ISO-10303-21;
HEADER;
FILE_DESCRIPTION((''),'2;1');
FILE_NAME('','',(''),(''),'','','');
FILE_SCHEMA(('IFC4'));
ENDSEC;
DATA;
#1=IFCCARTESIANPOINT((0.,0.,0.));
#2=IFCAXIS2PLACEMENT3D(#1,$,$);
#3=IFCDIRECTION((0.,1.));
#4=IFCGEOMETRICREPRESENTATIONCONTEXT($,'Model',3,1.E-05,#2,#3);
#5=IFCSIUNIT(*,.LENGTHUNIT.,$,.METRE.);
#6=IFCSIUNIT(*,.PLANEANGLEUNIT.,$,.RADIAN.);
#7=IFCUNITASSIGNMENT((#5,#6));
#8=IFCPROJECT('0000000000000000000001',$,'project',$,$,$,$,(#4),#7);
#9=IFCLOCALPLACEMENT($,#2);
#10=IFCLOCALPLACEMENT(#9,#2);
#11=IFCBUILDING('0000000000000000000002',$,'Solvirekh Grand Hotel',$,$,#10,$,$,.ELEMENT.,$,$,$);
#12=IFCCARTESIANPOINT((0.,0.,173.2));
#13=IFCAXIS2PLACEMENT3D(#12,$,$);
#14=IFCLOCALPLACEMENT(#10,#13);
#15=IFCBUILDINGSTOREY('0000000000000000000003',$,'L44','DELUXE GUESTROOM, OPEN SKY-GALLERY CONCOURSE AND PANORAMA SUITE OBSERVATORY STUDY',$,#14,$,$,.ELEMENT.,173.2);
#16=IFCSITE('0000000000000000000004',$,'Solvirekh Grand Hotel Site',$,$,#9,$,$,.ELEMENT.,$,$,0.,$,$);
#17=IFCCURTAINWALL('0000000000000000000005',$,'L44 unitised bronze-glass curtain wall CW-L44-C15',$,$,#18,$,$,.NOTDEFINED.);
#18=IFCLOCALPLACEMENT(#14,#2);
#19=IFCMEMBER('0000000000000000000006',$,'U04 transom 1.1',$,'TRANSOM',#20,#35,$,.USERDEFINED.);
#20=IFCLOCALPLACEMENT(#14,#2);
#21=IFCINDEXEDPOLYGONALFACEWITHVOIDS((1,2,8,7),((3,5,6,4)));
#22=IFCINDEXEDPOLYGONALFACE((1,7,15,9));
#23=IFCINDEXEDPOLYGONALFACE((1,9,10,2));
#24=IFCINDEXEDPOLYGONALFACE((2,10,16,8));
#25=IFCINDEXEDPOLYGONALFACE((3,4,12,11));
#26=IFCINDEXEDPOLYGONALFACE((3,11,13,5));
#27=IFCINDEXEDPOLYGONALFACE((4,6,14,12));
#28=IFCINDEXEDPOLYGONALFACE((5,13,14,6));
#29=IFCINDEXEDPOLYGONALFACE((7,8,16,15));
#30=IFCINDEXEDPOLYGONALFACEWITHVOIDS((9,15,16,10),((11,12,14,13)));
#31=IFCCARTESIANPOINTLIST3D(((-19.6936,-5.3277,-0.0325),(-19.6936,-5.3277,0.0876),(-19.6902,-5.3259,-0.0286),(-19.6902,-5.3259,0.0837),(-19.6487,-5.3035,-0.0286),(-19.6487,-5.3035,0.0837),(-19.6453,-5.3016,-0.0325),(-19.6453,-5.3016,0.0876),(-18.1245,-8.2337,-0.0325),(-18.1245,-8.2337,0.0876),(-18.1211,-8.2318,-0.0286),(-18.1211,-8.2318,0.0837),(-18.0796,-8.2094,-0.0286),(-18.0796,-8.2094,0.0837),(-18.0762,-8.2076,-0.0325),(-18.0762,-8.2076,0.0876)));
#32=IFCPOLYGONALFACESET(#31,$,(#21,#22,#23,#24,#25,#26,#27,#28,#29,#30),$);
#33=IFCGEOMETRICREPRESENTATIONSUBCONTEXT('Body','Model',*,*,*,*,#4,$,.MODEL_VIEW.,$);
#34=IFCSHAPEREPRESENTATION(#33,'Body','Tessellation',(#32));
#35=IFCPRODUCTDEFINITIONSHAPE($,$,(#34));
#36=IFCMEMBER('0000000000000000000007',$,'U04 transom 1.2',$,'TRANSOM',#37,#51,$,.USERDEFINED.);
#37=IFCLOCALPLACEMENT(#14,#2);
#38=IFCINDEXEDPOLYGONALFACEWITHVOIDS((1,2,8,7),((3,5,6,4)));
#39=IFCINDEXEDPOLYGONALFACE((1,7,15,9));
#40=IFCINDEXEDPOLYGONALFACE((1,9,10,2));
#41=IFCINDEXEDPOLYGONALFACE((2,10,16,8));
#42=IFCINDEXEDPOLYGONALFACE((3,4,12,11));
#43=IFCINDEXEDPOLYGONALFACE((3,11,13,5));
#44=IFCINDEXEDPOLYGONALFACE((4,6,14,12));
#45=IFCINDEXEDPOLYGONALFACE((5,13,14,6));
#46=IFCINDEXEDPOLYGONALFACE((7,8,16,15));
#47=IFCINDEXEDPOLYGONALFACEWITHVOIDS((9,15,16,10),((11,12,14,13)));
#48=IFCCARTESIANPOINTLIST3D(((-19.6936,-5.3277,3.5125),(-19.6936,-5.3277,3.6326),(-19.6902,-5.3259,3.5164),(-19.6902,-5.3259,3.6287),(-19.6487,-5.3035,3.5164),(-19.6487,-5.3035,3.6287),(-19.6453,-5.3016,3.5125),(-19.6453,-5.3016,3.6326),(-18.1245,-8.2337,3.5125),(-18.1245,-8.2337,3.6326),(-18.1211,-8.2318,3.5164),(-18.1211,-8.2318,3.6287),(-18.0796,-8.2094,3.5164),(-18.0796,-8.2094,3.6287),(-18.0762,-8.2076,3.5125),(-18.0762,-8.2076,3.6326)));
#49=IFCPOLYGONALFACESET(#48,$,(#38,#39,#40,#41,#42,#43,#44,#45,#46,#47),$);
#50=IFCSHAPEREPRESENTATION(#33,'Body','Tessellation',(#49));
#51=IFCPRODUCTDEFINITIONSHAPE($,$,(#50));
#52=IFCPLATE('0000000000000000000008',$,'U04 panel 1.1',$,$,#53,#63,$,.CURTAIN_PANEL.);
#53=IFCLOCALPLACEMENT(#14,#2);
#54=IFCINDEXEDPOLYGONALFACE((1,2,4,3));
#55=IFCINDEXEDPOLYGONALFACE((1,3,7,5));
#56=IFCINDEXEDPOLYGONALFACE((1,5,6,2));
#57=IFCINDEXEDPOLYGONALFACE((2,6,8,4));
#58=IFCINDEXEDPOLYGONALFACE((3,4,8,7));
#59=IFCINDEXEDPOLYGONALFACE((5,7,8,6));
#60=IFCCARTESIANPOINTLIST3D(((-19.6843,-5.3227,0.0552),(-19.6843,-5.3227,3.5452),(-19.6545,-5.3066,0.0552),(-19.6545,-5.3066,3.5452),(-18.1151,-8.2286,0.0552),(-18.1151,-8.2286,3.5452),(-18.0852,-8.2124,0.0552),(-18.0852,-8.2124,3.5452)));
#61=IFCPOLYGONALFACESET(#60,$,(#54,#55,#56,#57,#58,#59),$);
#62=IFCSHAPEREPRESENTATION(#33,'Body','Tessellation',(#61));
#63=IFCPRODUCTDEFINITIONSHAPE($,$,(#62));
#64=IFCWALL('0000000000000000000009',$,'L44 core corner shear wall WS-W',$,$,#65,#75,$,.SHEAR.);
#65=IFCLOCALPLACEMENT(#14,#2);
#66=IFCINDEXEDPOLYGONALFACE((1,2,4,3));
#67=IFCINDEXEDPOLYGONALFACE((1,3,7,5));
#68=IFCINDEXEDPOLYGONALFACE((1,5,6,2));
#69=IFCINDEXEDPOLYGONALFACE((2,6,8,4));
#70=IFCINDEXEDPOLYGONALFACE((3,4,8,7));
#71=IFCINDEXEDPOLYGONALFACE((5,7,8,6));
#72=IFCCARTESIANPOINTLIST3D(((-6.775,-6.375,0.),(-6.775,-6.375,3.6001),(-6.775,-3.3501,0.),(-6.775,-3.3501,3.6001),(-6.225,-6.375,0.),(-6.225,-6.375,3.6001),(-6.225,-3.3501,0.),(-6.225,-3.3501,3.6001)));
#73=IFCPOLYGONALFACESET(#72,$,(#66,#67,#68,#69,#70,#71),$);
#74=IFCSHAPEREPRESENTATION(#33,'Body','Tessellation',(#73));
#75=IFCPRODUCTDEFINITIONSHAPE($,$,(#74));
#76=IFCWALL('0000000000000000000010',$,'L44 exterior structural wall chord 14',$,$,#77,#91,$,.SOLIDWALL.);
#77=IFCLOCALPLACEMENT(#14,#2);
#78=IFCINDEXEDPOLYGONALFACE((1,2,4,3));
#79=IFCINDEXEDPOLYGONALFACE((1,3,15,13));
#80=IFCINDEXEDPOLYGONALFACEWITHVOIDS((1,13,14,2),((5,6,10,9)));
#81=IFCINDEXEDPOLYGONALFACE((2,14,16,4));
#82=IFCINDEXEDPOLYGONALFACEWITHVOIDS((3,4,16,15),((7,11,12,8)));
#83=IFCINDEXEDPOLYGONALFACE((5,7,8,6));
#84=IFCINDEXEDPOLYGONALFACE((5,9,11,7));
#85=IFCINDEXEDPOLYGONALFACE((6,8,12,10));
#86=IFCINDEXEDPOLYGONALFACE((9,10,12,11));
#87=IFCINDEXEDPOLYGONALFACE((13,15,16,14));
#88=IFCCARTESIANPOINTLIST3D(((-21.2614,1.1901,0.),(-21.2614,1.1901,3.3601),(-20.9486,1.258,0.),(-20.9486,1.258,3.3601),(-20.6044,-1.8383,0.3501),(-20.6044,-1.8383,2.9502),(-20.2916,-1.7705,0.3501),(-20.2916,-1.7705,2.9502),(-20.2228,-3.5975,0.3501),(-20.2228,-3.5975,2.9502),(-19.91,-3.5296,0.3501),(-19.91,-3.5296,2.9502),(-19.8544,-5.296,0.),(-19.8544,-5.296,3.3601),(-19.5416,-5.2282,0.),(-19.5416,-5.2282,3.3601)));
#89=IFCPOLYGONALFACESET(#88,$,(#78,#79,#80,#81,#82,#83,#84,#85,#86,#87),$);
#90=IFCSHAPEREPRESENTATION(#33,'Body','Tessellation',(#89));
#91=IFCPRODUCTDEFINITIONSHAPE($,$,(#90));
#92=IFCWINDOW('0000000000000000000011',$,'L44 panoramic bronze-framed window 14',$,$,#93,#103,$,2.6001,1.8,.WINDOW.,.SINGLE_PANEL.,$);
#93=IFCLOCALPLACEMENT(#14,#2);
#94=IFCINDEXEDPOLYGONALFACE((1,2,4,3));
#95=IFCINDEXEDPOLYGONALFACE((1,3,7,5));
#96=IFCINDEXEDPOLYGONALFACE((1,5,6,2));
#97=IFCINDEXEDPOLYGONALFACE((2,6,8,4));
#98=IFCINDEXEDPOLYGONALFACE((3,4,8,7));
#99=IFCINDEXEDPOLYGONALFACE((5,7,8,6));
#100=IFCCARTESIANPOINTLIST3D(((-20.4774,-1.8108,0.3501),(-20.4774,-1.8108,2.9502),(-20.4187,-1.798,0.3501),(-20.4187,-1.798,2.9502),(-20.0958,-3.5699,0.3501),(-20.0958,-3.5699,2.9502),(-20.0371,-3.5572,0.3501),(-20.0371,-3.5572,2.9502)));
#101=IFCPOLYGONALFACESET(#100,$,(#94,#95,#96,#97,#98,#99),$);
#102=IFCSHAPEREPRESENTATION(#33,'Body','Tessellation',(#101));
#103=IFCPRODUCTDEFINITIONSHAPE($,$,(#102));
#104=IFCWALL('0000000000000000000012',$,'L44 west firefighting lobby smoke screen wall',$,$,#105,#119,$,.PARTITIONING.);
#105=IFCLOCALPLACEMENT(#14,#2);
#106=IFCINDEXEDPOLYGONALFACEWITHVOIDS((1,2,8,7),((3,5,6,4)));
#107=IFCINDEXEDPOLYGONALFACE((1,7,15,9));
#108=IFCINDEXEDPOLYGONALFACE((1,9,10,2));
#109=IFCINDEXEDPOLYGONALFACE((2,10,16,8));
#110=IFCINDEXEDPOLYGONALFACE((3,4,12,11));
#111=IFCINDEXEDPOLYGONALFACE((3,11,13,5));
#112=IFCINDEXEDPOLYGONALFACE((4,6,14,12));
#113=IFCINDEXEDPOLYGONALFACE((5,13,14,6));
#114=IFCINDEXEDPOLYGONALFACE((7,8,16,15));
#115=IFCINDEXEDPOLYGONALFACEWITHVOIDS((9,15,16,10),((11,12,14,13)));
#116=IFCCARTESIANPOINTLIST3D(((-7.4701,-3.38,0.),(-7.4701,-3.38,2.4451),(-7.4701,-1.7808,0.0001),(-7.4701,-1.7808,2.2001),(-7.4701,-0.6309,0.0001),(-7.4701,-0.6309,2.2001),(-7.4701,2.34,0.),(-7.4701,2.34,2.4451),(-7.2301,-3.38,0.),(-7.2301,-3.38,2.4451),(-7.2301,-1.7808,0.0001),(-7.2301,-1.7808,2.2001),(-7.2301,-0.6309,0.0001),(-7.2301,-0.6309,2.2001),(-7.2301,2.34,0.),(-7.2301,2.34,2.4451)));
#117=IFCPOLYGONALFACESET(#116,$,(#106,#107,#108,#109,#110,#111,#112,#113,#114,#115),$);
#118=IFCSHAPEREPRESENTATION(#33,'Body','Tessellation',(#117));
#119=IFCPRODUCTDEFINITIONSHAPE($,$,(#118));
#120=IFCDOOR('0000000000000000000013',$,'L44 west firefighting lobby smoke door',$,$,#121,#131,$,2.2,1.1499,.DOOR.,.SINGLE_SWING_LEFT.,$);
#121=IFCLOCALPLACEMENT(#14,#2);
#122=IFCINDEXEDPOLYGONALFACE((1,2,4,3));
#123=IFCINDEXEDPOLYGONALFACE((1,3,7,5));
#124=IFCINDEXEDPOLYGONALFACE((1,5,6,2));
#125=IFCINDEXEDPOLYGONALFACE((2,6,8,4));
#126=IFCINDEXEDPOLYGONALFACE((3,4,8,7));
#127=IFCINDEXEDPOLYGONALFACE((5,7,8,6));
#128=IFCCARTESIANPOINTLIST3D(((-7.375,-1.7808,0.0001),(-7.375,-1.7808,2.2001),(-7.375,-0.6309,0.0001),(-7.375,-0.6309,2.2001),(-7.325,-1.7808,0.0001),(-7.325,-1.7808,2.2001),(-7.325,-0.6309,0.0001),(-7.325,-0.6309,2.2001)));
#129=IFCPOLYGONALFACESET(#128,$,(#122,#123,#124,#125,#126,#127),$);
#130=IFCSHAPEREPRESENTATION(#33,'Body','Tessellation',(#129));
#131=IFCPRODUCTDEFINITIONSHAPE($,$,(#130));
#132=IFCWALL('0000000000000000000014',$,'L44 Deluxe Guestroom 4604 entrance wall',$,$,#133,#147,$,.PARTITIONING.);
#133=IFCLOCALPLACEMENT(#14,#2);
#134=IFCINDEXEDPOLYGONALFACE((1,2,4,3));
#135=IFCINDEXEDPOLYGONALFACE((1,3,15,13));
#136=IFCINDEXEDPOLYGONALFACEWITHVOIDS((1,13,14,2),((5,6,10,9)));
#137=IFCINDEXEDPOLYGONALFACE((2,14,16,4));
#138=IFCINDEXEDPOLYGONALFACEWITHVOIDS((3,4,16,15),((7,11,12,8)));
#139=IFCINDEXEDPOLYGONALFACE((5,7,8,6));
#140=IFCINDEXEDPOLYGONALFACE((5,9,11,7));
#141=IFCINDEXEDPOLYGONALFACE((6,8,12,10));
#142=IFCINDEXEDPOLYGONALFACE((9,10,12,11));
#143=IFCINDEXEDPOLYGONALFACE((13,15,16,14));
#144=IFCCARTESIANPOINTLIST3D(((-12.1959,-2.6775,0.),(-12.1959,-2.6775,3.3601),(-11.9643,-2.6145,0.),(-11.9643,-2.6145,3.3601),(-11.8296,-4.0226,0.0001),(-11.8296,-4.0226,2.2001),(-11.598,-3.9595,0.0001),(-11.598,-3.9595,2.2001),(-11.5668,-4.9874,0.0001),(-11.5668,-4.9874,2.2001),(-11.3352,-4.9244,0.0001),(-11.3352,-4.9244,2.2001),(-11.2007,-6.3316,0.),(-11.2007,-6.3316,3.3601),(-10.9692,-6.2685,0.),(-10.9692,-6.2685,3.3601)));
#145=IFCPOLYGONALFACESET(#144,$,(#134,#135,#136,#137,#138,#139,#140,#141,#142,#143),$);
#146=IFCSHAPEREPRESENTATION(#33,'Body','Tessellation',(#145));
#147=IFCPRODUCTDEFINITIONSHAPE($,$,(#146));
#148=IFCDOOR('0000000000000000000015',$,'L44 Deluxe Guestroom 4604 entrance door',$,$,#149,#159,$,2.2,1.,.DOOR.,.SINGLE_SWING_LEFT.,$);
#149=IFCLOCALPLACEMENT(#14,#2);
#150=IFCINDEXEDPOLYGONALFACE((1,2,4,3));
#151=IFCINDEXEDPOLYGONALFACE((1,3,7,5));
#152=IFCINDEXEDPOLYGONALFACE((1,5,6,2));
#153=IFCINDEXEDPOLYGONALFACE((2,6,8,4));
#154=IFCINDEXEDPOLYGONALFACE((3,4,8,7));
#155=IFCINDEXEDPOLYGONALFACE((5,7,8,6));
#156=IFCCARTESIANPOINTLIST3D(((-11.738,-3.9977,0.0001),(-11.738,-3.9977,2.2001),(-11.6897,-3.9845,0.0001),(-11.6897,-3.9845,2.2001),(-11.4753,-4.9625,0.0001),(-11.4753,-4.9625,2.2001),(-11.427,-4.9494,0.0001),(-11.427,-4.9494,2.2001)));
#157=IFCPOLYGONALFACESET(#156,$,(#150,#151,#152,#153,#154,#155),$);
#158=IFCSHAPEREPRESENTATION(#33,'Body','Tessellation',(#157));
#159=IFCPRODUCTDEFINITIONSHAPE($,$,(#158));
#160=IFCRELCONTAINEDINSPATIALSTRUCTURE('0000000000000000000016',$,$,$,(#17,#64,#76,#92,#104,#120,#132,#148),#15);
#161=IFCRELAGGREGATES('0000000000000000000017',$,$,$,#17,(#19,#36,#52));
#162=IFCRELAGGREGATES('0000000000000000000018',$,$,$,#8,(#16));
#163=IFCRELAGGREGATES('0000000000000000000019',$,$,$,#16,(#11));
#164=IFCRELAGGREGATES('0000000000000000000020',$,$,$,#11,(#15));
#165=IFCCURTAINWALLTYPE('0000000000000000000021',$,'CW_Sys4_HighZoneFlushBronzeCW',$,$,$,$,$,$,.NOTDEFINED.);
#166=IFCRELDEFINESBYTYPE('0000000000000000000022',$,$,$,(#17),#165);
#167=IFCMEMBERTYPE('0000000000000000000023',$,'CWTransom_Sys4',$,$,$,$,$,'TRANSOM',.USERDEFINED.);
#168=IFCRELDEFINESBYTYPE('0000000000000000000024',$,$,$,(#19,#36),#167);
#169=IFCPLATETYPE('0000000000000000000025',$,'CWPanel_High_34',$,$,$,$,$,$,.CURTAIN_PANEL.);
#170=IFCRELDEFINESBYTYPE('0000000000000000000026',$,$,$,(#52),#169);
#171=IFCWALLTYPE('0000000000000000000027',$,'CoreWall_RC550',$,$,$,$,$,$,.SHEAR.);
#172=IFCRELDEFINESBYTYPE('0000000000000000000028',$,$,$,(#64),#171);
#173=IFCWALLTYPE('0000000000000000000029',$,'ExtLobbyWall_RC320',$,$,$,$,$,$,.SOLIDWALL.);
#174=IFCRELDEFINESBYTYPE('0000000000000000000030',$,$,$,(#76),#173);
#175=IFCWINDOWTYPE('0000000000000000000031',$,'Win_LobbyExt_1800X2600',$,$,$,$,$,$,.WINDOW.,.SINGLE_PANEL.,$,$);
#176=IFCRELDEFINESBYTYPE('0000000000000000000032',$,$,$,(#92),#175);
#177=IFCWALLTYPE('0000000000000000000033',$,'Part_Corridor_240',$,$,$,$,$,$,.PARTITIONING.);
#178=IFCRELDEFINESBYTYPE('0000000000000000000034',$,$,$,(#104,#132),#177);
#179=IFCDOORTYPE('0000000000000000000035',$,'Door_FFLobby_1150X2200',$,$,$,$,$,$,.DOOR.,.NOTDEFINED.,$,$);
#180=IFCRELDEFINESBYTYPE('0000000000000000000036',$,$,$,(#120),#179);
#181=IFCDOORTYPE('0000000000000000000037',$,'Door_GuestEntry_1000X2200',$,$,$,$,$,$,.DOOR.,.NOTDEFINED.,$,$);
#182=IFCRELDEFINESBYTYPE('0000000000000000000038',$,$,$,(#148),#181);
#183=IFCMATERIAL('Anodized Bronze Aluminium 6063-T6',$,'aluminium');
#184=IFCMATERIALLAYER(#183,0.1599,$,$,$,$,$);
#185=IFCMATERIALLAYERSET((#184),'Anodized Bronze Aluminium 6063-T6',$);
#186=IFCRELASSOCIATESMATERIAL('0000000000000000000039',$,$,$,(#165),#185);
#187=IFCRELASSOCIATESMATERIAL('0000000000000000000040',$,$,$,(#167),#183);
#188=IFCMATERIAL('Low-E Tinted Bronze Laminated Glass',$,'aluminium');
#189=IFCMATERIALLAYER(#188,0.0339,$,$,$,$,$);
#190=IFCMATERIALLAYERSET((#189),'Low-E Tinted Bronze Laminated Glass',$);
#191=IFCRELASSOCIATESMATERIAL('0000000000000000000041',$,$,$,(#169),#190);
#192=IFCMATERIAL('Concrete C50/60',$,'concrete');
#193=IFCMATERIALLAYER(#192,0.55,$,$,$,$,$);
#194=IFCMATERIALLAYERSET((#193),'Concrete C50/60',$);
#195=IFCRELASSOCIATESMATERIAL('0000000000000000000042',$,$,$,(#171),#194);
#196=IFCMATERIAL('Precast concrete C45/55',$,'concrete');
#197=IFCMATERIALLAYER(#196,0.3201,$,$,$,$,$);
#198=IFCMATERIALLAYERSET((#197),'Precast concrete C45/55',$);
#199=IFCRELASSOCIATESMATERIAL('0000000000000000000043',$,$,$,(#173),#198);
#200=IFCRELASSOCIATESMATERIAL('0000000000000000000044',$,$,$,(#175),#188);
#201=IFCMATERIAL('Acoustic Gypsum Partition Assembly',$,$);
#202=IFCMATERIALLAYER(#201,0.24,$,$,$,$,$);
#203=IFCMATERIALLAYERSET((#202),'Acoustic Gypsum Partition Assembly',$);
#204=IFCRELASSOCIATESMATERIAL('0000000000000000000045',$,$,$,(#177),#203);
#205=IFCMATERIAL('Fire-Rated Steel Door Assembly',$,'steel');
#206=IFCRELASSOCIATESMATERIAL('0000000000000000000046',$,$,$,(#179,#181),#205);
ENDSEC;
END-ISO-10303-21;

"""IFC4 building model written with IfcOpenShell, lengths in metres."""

from ifc_helpers import new_model, si_unit, direction, frame, frame_2d, origin, origin_2d, place, context, subcontext, project, spatial, rectangle, hollow_rectangle, extrude, source, transform, mapped, material, layer, layer_set, material_profile, profile_set, type_object, element, fill, aggregate, save


model = new_model("IFC4")

# Units and contexts
model_context = context("Model", 3, precision=1e-05, world=origin(), true_north=direction((0.0, 1.0)))
body_context = subcontext(model_context, "Body", "Model", "MODEL_VIEW")
ifc_project = project(units=[si_unit("LENGTHUNIT", "METRE"), si_unit("PLANEANGLEUNIT", "RADIAN")], contexts=[model_context])

# Site, building, storey
site_placement = place(None, origin())
site = spatial("IfcSite", under=ifc_project, at=site_placement, Name="Solvirekh Grand Hotel Site", CompositionType="ELEMENT", RefElevation=0.0)
building_placement = place(site_placement, origin())
building = spatial("IfcBuilding", under=site, at=building_placement, Name="Solvirekh Grand Hotel", CompositionType="ELEMENT")
storey_placement = place(building_placement, frame((0.0, 0.0, 173.2)))
storey = spatial("IfcBuildingStorey", under=building, at=storey_placement, Name="L44", Description="DELUXE GUESTROOM, OPEN SKY-GALLERY CONCOURSE AND PANORAMA SUITE OBSERVATORY STUDY", CompositionType="ELEMENT", Elevation=173.2)

# Shared definitions
ifc_material_1 = material(Name="Concrete C50/60", Category="concrete")

# Curtain wall, members, plate
ifc_material_2 = material(Name="Anodized Bronze Aluminium 6063-T6", Category="aluminium")
ifc_layer_1 = layer(ifc_material_2, 0.1599)
ifc_layer_set_1 = layer_set([ifc_layer_1], Name="Anodized Bronze Aluminium 6063-T6")
curtain_wall_type = type_object("IfcCurtainWallType", Name="CW_Sys4_HighZoneFlushBronzeCW", PredefinedType="NOTDEFINED", material=ifc_layer_set_1)
curtain_wall_placement = place(storey_placement, origin())
curtain_wall = element("IfcCurtainWall", 1, at=curtain_wall_placement, inside=storey, type_object=curtain_wall_type, Name="L44 unitised bronze-glass curtain wall CW-L44-C15", PredefinedType="NOTDEFINED")
ifc_material_profile_1 = material_profile(ifc_material_2, hollow_rectangle(XDim=0.0549, YDim=0.1201, WallThickness=0.0039, at=origin_2d()), Name="ALU RHS 120X55X4")
ifc_profile_set_1 = profile_set([ifc_material_profile_1], Name="Anodized Bronze Aluminium 6063-T6")
member_type_1 = type_object("IfcMemberType", Name="CWTransom_Sys4", ElementType="TRANSOM", PredefinedType="USERDEFINED", material=ifc_profile_set_1)
shared_shape_1 = source(origin(), body_context, "Body", "SweptSolid", [
    extrude(hollow_rectangle(XDim=0.0549, YDim=0.1201, WallThickness=0.0039, at=origin_2d()), origin(), (0.0, 0.0, 1.0), 3.3025),
])
member_1_placement = place(storey_placement, frame((-19.6694, -5.3147, 0.0276), z_axis=(0.475113, -0.879925, 0.0), x_axis=(0.879925, 0.475113, 0.0)))
member_1 = element("IfcMember", 2, at=member_1_placement, type_object=member_type_1, Name="U04 transom 1.1", ObjectType="TRANSOM", PredefinedType="USERDEFINED", context=body_context, shape_type="MappedRepresentation", body=[
    mapped(shared_shape_1, transform((0.0, 0.0, 0.0), x_axis=(1.0, 0.0, 0.0), y_axis=(0.0, 1.0, 0.0), z_axis=(0.0, 0.0, 1.0), scale=1.0)),
])
member_2_placement = place(storey_placement, frame((-19.6694, -5.3147, 3.5725), z_axis=(0.475113, -0.879925, 0.0), x_axis=(0.879925, 0.475113, 0.0)))
member_2 = element("IfcMember", 3, at=member_2_placement, type_object=member_type_1, Name="U04 transom 1.2", ObjectType="TRANSOM", PredefinedType="USERDEFINED", context=body_context, shape_type="MappedRepresentation", body=[
    mapped(shared_shape_1, transform((0.0, 0.0, 0.0), x_axis=(1.0, 0.0, 0.0), y_axis=(0.0, 1.0, 0.0), z_axis=(0.0, 0.0, 1.0), scale=1.0)),
])
ifc_material_3 = material(Name="Low-E Tinted Bronze Laminated Glass", Category="aluminium")
ifc_layer_2 = layer(ifc_material_3, 0.0339)
ifc_layer_set_2 = layer_set([ifc_layer_2], Name="Low-E Tinted Bronze Laminated Glass")
plate_type = type_object("IfcPlateType", Name="CWPanel_High_34", PredefinedType="CURTAIN_PANEL", material=ifc_layer_set_2)
shared_shape_2 = source(origin(), body_context, "Body", "SweptSolid", [
    extrude(rectangle(XDim=3.3025, YDim=0.0339, at=origin_2d()), origin(), (0.0, 0.0, 1.0), 3.49),
])
plate_placement = place(storey_placement, frame((-18.8848, -6.7676, 0.0552), z_axis=(0.0, 0.0, 1.0), x_axis=(0.475172, -0.879893, 0.0)))
plate = element("IfcPlate", 4, at=plate_placement, type_object=plate_type, Name="U04 panel 1.1", PredefinedType="CURTAIN_PANEL", context=body_context, shape_type="MappedRepresentation", body=[
    mapped(shared_shape_2, transform((0.0, 0.0, 0.0), x_axis=(1.0, 0.0, 0.0), y_axis=(0.0, 1.0, 0.0), z_axis=(0.0, 0.0, 1.0), scale=1.0)),
])
aggregate(curtain_wall, [member_1, member_2, plate])

# Wall
ifc_layer_3 = layer(ifc_material_1, 0.55)
ifc_layer_set_3 = layer_set([ifc_layer_3], Name="Concrete C50/60")
wall_type_1 = type_object("IfcWallType", Name="CoreWall_RC550", PredefinedType="SHEAR", material=ifc_layer_set_3)
wall_1_placement = place(storey_placement, frame((-6.5, -6.375, 0.0), z_axis=(0.0, 0.0, 1.0), x_axis=(0.0, 1.0, 0.0)))
element("IfcWall", 5, at=wall_1_placement, inside=storey, type_object=wall_type_1, Name="L44 core corner shear wall WS-W", PredefinedType="SHEAR", context=body_context, shape_type="SweptSolid", body=[
    extrude(rectangle(XDim=3.0249, YDim=0.55, at=frame_2d((1.5125, 0.0))), origin(), (0.0, 0.0, 1.0), 3.6001),
])

# Wall, opening, window
ifc_material_4 = material(Name="Precast concrete C45/55", Category="concrete")
ifc_layer_4 = layer(ifc_material_4, 0.3201)
ifc_layer_set_4 = layer_set([ifc_layer_4], Name="Precast concrete C45/55")
wall_type_2 = type_object("IfcWallType", Name="ExtLobbyWall_RC320", PredefinedType="SOLIDWALL", material=ifc_layer_set_4)
wall_2_placement = place(storey_placement, frame((-19.698, -5.262, 0.0), z_axis=(0.0, 0.0, 1.0), x_axis=(-0.211993, 0.977271, 0.0)))
wall_2 = element("IfcWall", 6, at=wall_2_placement, inside=storey, type_object=wall_type_2, Name="L44 exterior structural wall chord 14", PredefinedType="SOLIDWALL", context=body_context, shape_type="SweptSolid", body=[
    extrude(rectangle(XDim=6.637, YDim=0.3201, at=frame_2d((3.3184, 0.0))), origin(), (0.0, 0.0, 1.0), 3.3601),
])
opening_1_placement = place(wall_2_placement, frame((1.738, 0.0, 0.3501)))
opening_1 = element("IfcOpeningElement", 7, at=opening_1_placement, cuts=wall_2, PredefinedType="OPENING", context=body_context, shape_type="SweptSolid", body=[
    extrude(rectangle(XDim=1.8, YDim=2.6001, at=frame_2d((0.8999, 1.3))), frame((0.0, 0.1699, 0.0), z_axis=(0.0, -1.0, 0.0), x_axis=(1.0, 0.0, 0.0)), (0.0, 0.0, 1.0), 0.3401),
])
window_type = type_object("IfcWindowType", Name="Win_LobbyExt_1800X2600", PartitioningType="SINGLE_PANEL", PredefinedType="WINDOW", material=ifc_material_3)
window_placement = place(opening_1_placement, origin())
window = element("IfcWindow", 8, at=window_placement, inside=storey, type_object=window_type, Name="L44 panoramic bronze-framed window 14", OverallHeight=2.6001, OverallWidth=1.8, PartitioningType="SINGLE_PANEL", PredefinedType="WINDOW", context=body_context, shape_type="SweptSolid", body=[
    extrude(rectangle(XDim=1.8, YDim=2.6001, at=frame_2d((0.8999, 1.3))), frame((0.0, 0.03, 0.0), z_axis=(0.0, -1.0, 0.0), x_axis=(1.0, 0.0, 0.0)), (0.0, 0.0, 1.0), 0.0601),
])
fill(opening_1, window)

# Walls, openings, doors
ifc_material_5 = material(Name="Acoustic Gypsum Partition Assembly")
ifc_layer_5 = layer(ifc_material_5, 0.24)
ifc_layer_set_5 = layer_set([ifc_layer_5], Name="Acoustic Gypsum Partition Assembly")
wall_type_3 = type_object("IfcWallType", Name="Part_Corridor_240", PredefinedType="PARTITIONING", material=ifc_layer_set_5)
wall_3_placement = place(storey_placement, frame((-7.3501, -3.3799, 0.0), z_axis=(0.0, 0.0, 1.0), x_axis=(0.0, 1.0, 0.0)))
wall_3 = element("IfcWall", 9, at=wall_3_placement, inside=storey, type_object=wall_type_3, Name="L44 west firefighting lobby smoke screen wall", PredefinedType="PARTITIONING", context=body_context, shape_type="SweptSolid", body=[
    extrude(rectangle(XDim=5.72, YDim=0.24, at=frame_2d((2.8599, 0.0))), origin(), (0.0, 0.0, 1.0), 2.4451),
])
opening_2_placement = place(wall_3_placement, frame((1.5991, 0.0, 0.0)))
opening_2 = element("IfcOpeningElement", 10, at=opening_2_placement, cuts=wall_3, PredefinedType="OPENING", context=body_context, shape_type="SweptSolid", body=[
    extrude(rectangle(XDim=1.1499, YDim=2.2, at=frame_2d((0.575, 1.1001))), frame((0.0, 0.1299, 0.0), z_axis=(0.0, -1.0, 0.0), x_axis=(1.0, 0.0, 0.0)), (0.0, 0.0, 1.0), 0.26),
])
ifc_material_6 = material(Name="Fire-Rated Steel Door Assembly", Category="steel")
door_type_1 = type_object("IfcDoorType", Name="Door_FFLobby_1150X2200", OperationType="NOTDEFINED", PredefinedType="DOOR", material=ifc_material_6)
door_1_placement = place(opening_2_placement, origin())
door_1 = element("IfcDoor", 11, at=door_1_placement, inside=storey, type_object=door_type_1, Name="L44 west firefighting lobby smoke door", OperationType="SINGLE_SWING_LEFT", OverallHeight=2.2, OverallWidth=1.1499, PredefinedType="DOOR", context=body_context, shape_type="SweptSolid", body=[
    extrude(rectangle(XDim=1.1499, YDim=2.2, at=frame_2d((0.575, 1.1001))), frame((0.0, 0.0249, 0.0), z_axis=(0.0, -1.0, 0.0), x_axis=(1.0, 0.0, 0.0)), (0.0, 0.0, 1.0), 0.05),
])
fill(opening_2, door_1)
wall_4_placement = place(storey_placement, frame((-12.0801, -2.646, 0.0), z_axis=(0.0, 0.0, 1.0), x_axis=(0.262763, -0.96486, 0.0)))
wall_4 = element("IfcWall", 12, at=wall_4_placement, inside=storey, type_object=wall_type_3, Name="L44 Deluxe Guestroom 4604 entrance wall", PredefinedType="PARTITIONING", context=body_context, shape_type="SweptSolid", body=[
    extrude(rectangle(XDim=3.7871, YDim=0.24, at=frame_2d((1.8936, 0.0))), origin(), (0.0, 0.0, 1.0), 3.3601),
])
opening_3_placement = place(wall_4_placement, frame((1.394, 0.0, 0.0)))
opening_3 = element("IfcOpeningElement", 13, at=opening_3_placement, cuts=wall_4, PredefinedType="OPENING", context=body_context, shape_type="SweptSolid", body=[
    extrude(rectangle(XDim=1.0, YDim=2.2, at=frame_2d((0.5, 1.1001))), frame((0.0, 0.1299, 0.0), z_axis=(0.0, -1.0, 0.0), x_axis=(1.0, 0.0, 0.0)), (0.0, 0.0, 1.0), 0.26),
])
door_type_2 = type_object("IfcDoorType", Name="Door_GuestEntry_1000X2200", OperationType="NOTDEFINED", PredefinedType="DOOR", material=ifc_material_6)
door_2_placement = place(opening_3_placement, origin())
door_2 = element("IfcDoor", 14, at=door_2_placement, inside=storey, type_object=door_type_2, Name="L44 Deluxe Guestroom 4604 entrance door", OperationType="SINGLE_SWING_LEFT", OverallHeight=2.2, OverallWidth=1.0, PredefinedType="DOOR", context=body_context, shape_type="SweptSolid", body=[
    extrude(rectangle(XDim=1.0, YDim=2.2, at=frame_2d((0.5, 1.1001))), frame((0.0, 0.0249, 0.0), z_axis=(0.0, -1.0, 0.0), x_axis=(1.0, 0.0, 0.0)), (0.0, 0.0, 1.0), 0.05),
])
fill(opening_3, door_2)

save(model, "model.ifc")
